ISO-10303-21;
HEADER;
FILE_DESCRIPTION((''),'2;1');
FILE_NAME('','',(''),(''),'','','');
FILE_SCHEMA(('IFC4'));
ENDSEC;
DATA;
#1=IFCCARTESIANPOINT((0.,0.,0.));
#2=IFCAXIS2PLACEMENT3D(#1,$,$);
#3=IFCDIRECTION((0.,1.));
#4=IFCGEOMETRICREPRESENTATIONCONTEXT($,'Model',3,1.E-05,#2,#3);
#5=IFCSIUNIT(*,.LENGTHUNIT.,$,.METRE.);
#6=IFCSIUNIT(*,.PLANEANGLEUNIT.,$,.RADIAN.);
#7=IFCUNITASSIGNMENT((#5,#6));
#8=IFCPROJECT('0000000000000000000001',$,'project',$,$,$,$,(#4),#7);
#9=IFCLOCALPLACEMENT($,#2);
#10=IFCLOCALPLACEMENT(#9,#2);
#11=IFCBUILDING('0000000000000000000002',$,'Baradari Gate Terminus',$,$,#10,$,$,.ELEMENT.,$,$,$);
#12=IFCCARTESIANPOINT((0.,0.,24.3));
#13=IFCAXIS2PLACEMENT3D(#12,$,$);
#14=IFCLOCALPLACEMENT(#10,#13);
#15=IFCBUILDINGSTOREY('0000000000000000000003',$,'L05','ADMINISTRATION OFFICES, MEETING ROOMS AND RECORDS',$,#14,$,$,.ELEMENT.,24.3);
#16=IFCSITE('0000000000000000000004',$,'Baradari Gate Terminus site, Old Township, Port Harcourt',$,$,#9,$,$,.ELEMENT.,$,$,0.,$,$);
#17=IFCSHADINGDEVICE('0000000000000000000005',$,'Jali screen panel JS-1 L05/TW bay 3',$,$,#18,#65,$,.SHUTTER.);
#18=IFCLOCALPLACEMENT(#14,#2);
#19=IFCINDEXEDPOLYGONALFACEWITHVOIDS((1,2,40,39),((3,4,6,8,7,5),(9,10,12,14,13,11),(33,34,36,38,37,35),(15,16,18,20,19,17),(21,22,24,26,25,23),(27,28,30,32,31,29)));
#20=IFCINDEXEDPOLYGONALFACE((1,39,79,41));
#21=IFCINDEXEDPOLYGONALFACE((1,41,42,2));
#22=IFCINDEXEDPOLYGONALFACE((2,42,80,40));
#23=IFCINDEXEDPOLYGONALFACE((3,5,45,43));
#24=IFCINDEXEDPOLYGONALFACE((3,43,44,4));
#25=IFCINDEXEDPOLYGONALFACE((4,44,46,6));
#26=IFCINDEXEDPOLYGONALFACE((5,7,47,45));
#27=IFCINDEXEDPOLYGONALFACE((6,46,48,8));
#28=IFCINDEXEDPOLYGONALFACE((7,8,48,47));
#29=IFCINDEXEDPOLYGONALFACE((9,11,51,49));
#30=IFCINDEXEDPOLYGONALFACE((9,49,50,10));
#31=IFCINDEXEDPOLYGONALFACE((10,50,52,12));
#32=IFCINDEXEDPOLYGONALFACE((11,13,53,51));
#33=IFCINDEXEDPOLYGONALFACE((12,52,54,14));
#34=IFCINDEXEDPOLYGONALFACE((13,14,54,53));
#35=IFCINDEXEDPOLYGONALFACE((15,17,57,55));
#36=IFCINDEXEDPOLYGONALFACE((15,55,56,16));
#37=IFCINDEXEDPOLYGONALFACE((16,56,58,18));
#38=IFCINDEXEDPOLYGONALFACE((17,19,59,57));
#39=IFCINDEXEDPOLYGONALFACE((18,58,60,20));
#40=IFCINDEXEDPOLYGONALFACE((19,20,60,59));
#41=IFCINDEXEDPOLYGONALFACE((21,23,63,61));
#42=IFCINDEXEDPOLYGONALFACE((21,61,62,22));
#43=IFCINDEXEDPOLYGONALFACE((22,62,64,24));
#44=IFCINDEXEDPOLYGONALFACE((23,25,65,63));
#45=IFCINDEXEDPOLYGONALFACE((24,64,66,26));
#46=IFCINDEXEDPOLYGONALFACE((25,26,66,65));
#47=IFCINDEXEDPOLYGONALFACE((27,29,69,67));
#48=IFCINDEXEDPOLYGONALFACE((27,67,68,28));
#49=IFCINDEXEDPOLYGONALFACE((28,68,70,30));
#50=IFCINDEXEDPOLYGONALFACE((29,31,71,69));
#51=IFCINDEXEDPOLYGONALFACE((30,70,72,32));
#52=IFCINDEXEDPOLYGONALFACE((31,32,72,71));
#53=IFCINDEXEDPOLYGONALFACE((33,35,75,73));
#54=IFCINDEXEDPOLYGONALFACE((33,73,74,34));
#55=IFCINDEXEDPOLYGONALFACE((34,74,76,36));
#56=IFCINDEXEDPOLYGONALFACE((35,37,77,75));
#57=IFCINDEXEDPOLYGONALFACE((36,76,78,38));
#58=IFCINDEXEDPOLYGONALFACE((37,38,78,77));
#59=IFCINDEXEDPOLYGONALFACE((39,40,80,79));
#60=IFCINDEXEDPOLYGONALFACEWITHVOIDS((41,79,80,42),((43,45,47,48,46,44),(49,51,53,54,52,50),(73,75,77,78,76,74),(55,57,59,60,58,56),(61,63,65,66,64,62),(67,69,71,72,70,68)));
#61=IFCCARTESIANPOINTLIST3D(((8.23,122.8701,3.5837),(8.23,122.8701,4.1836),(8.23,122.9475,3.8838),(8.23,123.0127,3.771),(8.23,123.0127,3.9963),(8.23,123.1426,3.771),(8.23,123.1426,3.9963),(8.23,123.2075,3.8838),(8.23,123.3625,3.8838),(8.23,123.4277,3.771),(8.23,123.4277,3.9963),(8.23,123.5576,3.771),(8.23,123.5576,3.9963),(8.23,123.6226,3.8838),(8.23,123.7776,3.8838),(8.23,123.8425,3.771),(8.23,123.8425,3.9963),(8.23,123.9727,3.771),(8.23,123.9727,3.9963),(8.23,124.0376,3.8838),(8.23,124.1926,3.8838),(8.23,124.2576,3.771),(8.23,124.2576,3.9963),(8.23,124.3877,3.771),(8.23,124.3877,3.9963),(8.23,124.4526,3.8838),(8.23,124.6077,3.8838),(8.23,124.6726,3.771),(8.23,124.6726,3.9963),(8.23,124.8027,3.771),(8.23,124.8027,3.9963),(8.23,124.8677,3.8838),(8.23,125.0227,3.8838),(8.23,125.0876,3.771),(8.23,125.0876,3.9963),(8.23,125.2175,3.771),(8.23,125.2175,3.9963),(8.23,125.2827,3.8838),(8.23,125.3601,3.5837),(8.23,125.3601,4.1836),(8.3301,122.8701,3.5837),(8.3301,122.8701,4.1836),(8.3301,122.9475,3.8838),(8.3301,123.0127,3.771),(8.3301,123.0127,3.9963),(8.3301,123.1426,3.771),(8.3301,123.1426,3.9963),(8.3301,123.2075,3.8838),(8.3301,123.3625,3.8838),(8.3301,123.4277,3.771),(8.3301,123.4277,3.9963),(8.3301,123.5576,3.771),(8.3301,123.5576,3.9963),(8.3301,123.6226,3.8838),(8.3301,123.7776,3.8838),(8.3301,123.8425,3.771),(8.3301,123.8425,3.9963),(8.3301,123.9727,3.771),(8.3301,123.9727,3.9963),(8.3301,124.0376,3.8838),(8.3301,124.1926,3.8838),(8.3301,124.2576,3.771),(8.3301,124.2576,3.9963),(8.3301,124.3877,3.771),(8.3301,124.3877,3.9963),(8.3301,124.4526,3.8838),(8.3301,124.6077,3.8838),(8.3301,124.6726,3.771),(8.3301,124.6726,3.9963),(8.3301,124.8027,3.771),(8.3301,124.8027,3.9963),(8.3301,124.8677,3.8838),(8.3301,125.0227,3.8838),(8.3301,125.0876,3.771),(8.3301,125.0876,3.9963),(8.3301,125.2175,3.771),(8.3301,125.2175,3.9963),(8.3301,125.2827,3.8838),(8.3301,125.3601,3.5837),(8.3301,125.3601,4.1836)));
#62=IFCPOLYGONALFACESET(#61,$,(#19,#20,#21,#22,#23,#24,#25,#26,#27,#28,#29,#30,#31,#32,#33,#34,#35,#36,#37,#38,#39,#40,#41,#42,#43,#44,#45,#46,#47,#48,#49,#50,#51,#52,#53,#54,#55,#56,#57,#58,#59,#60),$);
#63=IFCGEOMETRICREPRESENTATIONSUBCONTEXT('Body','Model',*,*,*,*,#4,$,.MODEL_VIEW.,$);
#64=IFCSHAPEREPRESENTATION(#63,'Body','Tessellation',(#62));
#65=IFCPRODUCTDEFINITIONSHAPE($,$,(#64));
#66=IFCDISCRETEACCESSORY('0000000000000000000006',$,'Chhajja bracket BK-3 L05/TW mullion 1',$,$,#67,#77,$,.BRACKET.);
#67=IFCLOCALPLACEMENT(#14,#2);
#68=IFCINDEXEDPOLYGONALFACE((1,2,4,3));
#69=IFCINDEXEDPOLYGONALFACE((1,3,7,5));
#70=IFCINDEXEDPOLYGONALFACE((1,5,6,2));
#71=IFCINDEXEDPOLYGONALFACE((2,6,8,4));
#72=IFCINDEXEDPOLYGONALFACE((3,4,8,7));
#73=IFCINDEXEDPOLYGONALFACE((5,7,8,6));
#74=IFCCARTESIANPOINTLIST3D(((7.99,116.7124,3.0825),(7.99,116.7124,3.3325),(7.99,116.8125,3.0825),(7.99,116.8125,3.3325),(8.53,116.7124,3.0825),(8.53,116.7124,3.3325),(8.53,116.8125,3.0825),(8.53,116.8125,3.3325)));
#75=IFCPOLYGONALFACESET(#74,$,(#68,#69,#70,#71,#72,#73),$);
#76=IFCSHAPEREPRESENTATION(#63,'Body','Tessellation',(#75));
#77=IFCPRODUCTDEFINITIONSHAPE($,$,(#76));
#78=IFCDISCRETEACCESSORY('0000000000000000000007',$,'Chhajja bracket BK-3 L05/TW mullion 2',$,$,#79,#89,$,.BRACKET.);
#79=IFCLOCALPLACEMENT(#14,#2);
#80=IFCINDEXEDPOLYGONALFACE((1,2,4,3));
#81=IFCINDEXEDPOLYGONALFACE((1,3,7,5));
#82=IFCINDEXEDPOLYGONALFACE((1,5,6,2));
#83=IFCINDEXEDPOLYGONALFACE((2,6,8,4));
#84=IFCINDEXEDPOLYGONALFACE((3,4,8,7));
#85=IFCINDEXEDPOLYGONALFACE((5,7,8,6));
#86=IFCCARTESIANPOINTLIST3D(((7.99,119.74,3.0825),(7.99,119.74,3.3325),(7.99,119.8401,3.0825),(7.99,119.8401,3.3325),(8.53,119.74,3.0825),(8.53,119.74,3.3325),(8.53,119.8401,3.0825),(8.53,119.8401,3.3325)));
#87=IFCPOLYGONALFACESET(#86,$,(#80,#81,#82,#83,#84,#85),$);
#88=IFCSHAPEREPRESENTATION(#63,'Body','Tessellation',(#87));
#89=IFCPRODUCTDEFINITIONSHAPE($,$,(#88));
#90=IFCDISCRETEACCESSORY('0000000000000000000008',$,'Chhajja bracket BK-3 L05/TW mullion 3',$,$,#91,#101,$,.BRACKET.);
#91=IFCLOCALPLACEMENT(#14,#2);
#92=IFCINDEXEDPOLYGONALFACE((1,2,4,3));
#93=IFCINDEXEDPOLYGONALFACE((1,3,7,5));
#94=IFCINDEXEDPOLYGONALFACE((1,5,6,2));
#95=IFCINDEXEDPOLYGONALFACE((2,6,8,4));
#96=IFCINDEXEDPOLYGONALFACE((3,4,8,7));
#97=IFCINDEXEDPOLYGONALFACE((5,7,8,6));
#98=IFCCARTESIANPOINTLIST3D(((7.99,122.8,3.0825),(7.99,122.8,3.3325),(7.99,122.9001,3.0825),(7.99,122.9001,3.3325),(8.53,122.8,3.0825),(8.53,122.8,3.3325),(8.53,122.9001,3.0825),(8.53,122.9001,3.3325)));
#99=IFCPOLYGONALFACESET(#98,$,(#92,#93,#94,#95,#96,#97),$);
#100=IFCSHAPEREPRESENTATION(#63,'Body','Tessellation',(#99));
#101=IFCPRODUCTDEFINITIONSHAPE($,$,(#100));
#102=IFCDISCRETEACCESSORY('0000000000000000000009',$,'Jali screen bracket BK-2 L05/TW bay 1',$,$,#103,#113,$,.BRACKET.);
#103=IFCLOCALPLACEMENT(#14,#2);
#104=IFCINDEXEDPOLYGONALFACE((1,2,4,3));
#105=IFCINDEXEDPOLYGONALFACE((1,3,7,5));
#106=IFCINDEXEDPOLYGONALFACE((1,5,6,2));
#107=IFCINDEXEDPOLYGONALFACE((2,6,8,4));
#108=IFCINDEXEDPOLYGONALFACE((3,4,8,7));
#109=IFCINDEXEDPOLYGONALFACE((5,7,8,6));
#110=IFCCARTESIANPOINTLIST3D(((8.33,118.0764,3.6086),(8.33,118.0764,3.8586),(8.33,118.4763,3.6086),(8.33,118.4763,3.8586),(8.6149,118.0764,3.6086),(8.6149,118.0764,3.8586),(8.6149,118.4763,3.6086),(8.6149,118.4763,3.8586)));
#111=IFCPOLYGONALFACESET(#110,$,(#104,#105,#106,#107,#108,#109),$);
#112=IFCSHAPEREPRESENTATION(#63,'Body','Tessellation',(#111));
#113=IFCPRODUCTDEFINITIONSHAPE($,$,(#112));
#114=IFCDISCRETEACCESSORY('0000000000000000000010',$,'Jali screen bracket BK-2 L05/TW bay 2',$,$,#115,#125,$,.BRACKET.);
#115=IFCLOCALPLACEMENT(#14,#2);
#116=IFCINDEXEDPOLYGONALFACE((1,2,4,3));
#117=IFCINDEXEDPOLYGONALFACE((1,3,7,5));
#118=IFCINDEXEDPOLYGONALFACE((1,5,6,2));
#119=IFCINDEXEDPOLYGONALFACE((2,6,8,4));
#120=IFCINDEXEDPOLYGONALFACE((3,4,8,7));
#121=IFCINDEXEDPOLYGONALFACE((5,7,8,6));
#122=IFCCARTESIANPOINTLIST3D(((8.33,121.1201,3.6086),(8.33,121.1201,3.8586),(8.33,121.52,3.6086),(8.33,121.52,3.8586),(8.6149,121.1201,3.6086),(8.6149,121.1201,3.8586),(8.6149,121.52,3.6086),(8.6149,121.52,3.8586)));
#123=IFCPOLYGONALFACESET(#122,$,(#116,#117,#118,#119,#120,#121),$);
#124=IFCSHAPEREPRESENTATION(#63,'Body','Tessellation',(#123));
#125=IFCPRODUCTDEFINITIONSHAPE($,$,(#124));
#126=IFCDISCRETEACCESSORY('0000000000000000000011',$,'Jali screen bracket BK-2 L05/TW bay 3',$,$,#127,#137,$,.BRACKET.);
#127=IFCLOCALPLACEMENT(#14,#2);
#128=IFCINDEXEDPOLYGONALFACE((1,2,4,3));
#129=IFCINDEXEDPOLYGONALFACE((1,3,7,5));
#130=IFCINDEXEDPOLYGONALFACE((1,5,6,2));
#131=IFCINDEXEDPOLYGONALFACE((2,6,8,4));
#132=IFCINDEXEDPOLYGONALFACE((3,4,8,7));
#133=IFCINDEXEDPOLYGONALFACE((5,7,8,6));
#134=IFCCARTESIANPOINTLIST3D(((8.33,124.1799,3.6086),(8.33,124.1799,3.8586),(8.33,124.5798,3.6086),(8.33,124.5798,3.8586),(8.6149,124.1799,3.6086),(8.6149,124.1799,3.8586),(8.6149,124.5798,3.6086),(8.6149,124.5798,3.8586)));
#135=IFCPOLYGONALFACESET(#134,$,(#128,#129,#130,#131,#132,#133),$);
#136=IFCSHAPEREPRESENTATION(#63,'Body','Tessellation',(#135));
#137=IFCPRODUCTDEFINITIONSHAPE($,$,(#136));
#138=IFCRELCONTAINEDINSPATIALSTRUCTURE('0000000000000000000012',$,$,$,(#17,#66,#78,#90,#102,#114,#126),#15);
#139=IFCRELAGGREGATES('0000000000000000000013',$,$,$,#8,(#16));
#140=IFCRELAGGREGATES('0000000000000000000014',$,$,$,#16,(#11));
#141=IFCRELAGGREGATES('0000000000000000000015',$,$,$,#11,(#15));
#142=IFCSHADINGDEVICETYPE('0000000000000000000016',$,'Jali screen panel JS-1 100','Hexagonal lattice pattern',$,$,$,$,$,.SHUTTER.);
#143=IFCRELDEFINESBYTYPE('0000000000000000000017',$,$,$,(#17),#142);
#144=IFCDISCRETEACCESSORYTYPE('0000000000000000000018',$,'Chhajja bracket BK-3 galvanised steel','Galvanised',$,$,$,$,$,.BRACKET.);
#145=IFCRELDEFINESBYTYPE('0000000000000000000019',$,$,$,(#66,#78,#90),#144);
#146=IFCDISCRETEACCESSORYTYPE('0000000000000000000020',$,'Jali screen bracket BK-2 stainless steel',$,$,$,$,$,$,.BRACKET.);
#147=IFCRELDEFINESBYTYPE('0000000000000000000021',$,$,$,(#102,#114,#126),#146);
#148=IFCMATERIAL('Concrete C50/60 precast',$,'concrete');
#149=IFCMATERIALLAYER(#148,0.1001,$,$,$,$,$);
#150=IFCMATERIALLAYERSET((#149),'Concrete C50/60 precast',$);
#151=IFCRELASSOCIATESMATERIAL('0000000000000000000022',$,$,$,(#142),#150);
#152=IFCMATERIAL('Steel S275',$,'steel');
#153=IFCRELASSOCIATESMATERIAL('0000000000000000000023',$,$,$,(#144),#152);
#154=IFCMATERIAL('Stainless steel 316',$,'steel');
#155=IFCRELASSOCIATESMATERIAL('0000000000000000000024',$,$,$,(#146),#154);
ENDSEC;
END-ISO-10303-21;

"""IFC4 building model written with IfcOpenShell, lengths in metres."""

from ifc_helpers import new_model, si_unit, direction, frame, origin, origin_2d, place, context, subcontext, project, spatial, polyline, rectangle, outline, extrude, material, layer, layer_set, type_object, element, save


model = new_model("IFC4")

# Units and contexts
model_context = context("Model", 3, precision=1e-05, world=origin(), true_north=direction((0.0, 1.0)))
body_context = subcontext(model_context, "Body", "Model", "MODEL_VIEW")
ifc_project = project(units=[si_unit("LENGTHUNIT", "METRE"), si_unit("PLANEANGLEUNIT", "RADIAN")], contexts=[model_context])

# Site, building, storey
site_placement = place(None, origin())
site = spatial("IfcSite", under=ifc_project, at=site_placement, Name="Baradari Gate Terminus site, Old Township, Port Harcourt", CompositionType="ELEMENT", RefElevation=0.0)
building_placement = place(site_placement, origin())
building = spatial("IfcBuilding", under=site, at=building_placement, Name="Baradari Gate Terminus", CompositionType="ELEMENT")
storey_placement = place(building_placement, frame((0.0, 0.0, 24.3)))
storey = spatial("IfcBuildingStorey", under=building, at=storey_placement, Name="L05", Description="ADMINISTRATION OFFICES, MEETING ROOMS AND RECORDS", CompositionType="ELEMENT", Elevation=24.3)

# Shading device
ifc_material_1 = material(Name="Concrete C50/60 precast", Category="concrete")
ifc_layer_1 = layer(ifc_material_1, 0.1001)
ifc_layer_set_1 = layer_set([ifc_layer_1], Name="Concrete C50/60 precast")
shading_device_type_1 = type_object("IfcShadingDeviceType", Name="Jali screen panel JS-1 100", Description="Hexagonal lattice pattern", PredefinedType="SHUTTER", material=ifc_layer_set_1)
shading_device_1_placement = place(storey_placement, frame((8.28, 122.8701, 3.5837), z_axis=(0.0, 0.0, 1.0), x_axis=(0.0, 1.0, 0.0)))
element("IfcShadingDevice", 1, at=shading_device_1_placement, inside=storey, type_object=shading_device_type_1, Name="Jali screen panel JS-1 L05/TW bay 3", PredefinedType="SHUTTER", context=body_context, shape_type="SweptSolid", body=[
    extrude(outline(polyline([(0.0, 0.0), (2.49, 0.0), (2.49, 0.5999), (0.0, 0.5999), (0.0, 0.0)]), holes=[polyline([(0.3374, 0.3), (0.2725, 0.1873), (0.1426, 0.1873), (0.0774, 0.3), (0.1426, 0.4126), (0.2725, 0.4126), (0.3374, 0.3)]), polyline([(0.7524, 0.3), (0.6875, 0.1873), (0.5576, 0.1873), (0.4924, 0.3), (0.5576, 0.4126), (0.6875, 0.4126), (0.7524, 0.3)]), polyline([(1.1675, 0.3), (1.1025, 0.1873), (0.9724, 0.1873), (0.9075, 0.3), (0.9724, 0.4126), (1.1025, 0.4126), (1.1675, 0.3)]), polyline([(1.5825, 0.3), (1.5176, 0.1873), (1.3875, 0.1873), (1.3225, 0.3), (1.3875, 0.4126), (1.5176, 0.4126), (1.5825, 0.3)]), polyline([(1.9976, 0.3), (1.9326, 0.1873), (1.8025, 0.1873), (1.7375, 0.3), (1.8025, 0.4126), (1.9326, 0.4126), (1.9976, 0.3)]), polyline([(2.4126, 0.3), (2.3474, 0.1873), (2.2175, 0.1873), (2.1526, 0.3), (2.2175, 0.4126), (2.3474, 0.4126), (2.4126, 0.3)])]), frame((0.0, 0.05, 0.0), z_axis=(0.0, -1.0, 0.0), x_axis=(1.0, 0.0, 0.0)), (0.0, 0.0, 1.0), 0.1001),
])

# Discrete accessories
ifc_material_2 = material(Name="Steel S275", Category="steel")
discrete_accessory_type_1 = type_object("IfcDiscreteAccessoryType", Name="Chhajja bracket BK-3 galvanised steel", Description="Galvanised", PredefinedType="BRACKET", material=ifc_material_2)
for number, where, z_axis, x_axis, name in (
    (2, (8.26, 116.7625, 3.0825), (0.0, 0.0, 1.0), (-1.0, 0.0, 0.0), "Chhajja bracket BK-3 L05/TW mullion 1"),
    (3, (8.26, 119.79, 3.0825), (0.0, 0.0, 1.0), (-1.0, 0.0, 0.0), "Chhajja bracket BK-3 L05/TW mullion 2"),
    (4, (8.26, 122.8501, 3.0825), (0.0, 0.0, 1.0), (-1.0, 0.0, 0.0), "Chhajja bracket BK-3 L05/TW mullion 3"),
):
    element("IfcDiscreteAccessory", number, at=place(storey_placement, frame(where, z_axis=z_axis, x_axis=x_axis)), inside=storey, type_object=discrete_accessory_type_1, Name=name, PredefinedType="BRACKET", context=body_context, shape_type="SweptSolid", body=[
        extrude(rectangle(XDim=0.54, YDim=0.1001, at=origin_2d()), origin(), (0.0, 0.0, 1.0), 0.25),
    ])
ifc_material_3 = material(Name="Stainless steel 316", Category="steel")
discrete_accessory_type_2 = type_object("IfcDiscreteAccessoryType", Name="Jali screen bracket BK-2 stainless steel", PredefinedType="BRACKET", material=ifc_material_3)
for number, where, z_axis, x_axis, name in (
    (5, (8.4724, 118.2764, 3.6086), (0.0, 0.0, 1.0), (-1.0, 0.0, 0.0), "Jali screen bracket BK-2 L05/TW bay 1"),
    (6, (8.4724, 121.3201, 3.6086), (0.0, 0.0, 1.0), (-1.0, 0.0, 0.0), "Jali screen bracket BK-2 L05/TW bay 2"),
    (7, (8.4724, 124.3799, 3.6086), (0.0, 0.0, 1.0), (-1.0, 0.0, 0.0), "Jali screen bracket BK-2 L05/TW bay 3"),
):
    element("IfcDiscreteAccessory", number, at=place(storey_placement, frame(where, z_axis=z_axis, x_axis=x_axis)), inside=storey, type_object=discrete_accessory_type_2, Name=name, PredefinedType="BRACKET", context=body_context, shape_type="SweptSolid", body=[
        extrude(rectangle(XDim=0.2849, YDim=0.3999, at=origin_2d()), origin(), (0.0, 0.0, 1.0), 0.25),
    ])

save(model, "model.ifc")
